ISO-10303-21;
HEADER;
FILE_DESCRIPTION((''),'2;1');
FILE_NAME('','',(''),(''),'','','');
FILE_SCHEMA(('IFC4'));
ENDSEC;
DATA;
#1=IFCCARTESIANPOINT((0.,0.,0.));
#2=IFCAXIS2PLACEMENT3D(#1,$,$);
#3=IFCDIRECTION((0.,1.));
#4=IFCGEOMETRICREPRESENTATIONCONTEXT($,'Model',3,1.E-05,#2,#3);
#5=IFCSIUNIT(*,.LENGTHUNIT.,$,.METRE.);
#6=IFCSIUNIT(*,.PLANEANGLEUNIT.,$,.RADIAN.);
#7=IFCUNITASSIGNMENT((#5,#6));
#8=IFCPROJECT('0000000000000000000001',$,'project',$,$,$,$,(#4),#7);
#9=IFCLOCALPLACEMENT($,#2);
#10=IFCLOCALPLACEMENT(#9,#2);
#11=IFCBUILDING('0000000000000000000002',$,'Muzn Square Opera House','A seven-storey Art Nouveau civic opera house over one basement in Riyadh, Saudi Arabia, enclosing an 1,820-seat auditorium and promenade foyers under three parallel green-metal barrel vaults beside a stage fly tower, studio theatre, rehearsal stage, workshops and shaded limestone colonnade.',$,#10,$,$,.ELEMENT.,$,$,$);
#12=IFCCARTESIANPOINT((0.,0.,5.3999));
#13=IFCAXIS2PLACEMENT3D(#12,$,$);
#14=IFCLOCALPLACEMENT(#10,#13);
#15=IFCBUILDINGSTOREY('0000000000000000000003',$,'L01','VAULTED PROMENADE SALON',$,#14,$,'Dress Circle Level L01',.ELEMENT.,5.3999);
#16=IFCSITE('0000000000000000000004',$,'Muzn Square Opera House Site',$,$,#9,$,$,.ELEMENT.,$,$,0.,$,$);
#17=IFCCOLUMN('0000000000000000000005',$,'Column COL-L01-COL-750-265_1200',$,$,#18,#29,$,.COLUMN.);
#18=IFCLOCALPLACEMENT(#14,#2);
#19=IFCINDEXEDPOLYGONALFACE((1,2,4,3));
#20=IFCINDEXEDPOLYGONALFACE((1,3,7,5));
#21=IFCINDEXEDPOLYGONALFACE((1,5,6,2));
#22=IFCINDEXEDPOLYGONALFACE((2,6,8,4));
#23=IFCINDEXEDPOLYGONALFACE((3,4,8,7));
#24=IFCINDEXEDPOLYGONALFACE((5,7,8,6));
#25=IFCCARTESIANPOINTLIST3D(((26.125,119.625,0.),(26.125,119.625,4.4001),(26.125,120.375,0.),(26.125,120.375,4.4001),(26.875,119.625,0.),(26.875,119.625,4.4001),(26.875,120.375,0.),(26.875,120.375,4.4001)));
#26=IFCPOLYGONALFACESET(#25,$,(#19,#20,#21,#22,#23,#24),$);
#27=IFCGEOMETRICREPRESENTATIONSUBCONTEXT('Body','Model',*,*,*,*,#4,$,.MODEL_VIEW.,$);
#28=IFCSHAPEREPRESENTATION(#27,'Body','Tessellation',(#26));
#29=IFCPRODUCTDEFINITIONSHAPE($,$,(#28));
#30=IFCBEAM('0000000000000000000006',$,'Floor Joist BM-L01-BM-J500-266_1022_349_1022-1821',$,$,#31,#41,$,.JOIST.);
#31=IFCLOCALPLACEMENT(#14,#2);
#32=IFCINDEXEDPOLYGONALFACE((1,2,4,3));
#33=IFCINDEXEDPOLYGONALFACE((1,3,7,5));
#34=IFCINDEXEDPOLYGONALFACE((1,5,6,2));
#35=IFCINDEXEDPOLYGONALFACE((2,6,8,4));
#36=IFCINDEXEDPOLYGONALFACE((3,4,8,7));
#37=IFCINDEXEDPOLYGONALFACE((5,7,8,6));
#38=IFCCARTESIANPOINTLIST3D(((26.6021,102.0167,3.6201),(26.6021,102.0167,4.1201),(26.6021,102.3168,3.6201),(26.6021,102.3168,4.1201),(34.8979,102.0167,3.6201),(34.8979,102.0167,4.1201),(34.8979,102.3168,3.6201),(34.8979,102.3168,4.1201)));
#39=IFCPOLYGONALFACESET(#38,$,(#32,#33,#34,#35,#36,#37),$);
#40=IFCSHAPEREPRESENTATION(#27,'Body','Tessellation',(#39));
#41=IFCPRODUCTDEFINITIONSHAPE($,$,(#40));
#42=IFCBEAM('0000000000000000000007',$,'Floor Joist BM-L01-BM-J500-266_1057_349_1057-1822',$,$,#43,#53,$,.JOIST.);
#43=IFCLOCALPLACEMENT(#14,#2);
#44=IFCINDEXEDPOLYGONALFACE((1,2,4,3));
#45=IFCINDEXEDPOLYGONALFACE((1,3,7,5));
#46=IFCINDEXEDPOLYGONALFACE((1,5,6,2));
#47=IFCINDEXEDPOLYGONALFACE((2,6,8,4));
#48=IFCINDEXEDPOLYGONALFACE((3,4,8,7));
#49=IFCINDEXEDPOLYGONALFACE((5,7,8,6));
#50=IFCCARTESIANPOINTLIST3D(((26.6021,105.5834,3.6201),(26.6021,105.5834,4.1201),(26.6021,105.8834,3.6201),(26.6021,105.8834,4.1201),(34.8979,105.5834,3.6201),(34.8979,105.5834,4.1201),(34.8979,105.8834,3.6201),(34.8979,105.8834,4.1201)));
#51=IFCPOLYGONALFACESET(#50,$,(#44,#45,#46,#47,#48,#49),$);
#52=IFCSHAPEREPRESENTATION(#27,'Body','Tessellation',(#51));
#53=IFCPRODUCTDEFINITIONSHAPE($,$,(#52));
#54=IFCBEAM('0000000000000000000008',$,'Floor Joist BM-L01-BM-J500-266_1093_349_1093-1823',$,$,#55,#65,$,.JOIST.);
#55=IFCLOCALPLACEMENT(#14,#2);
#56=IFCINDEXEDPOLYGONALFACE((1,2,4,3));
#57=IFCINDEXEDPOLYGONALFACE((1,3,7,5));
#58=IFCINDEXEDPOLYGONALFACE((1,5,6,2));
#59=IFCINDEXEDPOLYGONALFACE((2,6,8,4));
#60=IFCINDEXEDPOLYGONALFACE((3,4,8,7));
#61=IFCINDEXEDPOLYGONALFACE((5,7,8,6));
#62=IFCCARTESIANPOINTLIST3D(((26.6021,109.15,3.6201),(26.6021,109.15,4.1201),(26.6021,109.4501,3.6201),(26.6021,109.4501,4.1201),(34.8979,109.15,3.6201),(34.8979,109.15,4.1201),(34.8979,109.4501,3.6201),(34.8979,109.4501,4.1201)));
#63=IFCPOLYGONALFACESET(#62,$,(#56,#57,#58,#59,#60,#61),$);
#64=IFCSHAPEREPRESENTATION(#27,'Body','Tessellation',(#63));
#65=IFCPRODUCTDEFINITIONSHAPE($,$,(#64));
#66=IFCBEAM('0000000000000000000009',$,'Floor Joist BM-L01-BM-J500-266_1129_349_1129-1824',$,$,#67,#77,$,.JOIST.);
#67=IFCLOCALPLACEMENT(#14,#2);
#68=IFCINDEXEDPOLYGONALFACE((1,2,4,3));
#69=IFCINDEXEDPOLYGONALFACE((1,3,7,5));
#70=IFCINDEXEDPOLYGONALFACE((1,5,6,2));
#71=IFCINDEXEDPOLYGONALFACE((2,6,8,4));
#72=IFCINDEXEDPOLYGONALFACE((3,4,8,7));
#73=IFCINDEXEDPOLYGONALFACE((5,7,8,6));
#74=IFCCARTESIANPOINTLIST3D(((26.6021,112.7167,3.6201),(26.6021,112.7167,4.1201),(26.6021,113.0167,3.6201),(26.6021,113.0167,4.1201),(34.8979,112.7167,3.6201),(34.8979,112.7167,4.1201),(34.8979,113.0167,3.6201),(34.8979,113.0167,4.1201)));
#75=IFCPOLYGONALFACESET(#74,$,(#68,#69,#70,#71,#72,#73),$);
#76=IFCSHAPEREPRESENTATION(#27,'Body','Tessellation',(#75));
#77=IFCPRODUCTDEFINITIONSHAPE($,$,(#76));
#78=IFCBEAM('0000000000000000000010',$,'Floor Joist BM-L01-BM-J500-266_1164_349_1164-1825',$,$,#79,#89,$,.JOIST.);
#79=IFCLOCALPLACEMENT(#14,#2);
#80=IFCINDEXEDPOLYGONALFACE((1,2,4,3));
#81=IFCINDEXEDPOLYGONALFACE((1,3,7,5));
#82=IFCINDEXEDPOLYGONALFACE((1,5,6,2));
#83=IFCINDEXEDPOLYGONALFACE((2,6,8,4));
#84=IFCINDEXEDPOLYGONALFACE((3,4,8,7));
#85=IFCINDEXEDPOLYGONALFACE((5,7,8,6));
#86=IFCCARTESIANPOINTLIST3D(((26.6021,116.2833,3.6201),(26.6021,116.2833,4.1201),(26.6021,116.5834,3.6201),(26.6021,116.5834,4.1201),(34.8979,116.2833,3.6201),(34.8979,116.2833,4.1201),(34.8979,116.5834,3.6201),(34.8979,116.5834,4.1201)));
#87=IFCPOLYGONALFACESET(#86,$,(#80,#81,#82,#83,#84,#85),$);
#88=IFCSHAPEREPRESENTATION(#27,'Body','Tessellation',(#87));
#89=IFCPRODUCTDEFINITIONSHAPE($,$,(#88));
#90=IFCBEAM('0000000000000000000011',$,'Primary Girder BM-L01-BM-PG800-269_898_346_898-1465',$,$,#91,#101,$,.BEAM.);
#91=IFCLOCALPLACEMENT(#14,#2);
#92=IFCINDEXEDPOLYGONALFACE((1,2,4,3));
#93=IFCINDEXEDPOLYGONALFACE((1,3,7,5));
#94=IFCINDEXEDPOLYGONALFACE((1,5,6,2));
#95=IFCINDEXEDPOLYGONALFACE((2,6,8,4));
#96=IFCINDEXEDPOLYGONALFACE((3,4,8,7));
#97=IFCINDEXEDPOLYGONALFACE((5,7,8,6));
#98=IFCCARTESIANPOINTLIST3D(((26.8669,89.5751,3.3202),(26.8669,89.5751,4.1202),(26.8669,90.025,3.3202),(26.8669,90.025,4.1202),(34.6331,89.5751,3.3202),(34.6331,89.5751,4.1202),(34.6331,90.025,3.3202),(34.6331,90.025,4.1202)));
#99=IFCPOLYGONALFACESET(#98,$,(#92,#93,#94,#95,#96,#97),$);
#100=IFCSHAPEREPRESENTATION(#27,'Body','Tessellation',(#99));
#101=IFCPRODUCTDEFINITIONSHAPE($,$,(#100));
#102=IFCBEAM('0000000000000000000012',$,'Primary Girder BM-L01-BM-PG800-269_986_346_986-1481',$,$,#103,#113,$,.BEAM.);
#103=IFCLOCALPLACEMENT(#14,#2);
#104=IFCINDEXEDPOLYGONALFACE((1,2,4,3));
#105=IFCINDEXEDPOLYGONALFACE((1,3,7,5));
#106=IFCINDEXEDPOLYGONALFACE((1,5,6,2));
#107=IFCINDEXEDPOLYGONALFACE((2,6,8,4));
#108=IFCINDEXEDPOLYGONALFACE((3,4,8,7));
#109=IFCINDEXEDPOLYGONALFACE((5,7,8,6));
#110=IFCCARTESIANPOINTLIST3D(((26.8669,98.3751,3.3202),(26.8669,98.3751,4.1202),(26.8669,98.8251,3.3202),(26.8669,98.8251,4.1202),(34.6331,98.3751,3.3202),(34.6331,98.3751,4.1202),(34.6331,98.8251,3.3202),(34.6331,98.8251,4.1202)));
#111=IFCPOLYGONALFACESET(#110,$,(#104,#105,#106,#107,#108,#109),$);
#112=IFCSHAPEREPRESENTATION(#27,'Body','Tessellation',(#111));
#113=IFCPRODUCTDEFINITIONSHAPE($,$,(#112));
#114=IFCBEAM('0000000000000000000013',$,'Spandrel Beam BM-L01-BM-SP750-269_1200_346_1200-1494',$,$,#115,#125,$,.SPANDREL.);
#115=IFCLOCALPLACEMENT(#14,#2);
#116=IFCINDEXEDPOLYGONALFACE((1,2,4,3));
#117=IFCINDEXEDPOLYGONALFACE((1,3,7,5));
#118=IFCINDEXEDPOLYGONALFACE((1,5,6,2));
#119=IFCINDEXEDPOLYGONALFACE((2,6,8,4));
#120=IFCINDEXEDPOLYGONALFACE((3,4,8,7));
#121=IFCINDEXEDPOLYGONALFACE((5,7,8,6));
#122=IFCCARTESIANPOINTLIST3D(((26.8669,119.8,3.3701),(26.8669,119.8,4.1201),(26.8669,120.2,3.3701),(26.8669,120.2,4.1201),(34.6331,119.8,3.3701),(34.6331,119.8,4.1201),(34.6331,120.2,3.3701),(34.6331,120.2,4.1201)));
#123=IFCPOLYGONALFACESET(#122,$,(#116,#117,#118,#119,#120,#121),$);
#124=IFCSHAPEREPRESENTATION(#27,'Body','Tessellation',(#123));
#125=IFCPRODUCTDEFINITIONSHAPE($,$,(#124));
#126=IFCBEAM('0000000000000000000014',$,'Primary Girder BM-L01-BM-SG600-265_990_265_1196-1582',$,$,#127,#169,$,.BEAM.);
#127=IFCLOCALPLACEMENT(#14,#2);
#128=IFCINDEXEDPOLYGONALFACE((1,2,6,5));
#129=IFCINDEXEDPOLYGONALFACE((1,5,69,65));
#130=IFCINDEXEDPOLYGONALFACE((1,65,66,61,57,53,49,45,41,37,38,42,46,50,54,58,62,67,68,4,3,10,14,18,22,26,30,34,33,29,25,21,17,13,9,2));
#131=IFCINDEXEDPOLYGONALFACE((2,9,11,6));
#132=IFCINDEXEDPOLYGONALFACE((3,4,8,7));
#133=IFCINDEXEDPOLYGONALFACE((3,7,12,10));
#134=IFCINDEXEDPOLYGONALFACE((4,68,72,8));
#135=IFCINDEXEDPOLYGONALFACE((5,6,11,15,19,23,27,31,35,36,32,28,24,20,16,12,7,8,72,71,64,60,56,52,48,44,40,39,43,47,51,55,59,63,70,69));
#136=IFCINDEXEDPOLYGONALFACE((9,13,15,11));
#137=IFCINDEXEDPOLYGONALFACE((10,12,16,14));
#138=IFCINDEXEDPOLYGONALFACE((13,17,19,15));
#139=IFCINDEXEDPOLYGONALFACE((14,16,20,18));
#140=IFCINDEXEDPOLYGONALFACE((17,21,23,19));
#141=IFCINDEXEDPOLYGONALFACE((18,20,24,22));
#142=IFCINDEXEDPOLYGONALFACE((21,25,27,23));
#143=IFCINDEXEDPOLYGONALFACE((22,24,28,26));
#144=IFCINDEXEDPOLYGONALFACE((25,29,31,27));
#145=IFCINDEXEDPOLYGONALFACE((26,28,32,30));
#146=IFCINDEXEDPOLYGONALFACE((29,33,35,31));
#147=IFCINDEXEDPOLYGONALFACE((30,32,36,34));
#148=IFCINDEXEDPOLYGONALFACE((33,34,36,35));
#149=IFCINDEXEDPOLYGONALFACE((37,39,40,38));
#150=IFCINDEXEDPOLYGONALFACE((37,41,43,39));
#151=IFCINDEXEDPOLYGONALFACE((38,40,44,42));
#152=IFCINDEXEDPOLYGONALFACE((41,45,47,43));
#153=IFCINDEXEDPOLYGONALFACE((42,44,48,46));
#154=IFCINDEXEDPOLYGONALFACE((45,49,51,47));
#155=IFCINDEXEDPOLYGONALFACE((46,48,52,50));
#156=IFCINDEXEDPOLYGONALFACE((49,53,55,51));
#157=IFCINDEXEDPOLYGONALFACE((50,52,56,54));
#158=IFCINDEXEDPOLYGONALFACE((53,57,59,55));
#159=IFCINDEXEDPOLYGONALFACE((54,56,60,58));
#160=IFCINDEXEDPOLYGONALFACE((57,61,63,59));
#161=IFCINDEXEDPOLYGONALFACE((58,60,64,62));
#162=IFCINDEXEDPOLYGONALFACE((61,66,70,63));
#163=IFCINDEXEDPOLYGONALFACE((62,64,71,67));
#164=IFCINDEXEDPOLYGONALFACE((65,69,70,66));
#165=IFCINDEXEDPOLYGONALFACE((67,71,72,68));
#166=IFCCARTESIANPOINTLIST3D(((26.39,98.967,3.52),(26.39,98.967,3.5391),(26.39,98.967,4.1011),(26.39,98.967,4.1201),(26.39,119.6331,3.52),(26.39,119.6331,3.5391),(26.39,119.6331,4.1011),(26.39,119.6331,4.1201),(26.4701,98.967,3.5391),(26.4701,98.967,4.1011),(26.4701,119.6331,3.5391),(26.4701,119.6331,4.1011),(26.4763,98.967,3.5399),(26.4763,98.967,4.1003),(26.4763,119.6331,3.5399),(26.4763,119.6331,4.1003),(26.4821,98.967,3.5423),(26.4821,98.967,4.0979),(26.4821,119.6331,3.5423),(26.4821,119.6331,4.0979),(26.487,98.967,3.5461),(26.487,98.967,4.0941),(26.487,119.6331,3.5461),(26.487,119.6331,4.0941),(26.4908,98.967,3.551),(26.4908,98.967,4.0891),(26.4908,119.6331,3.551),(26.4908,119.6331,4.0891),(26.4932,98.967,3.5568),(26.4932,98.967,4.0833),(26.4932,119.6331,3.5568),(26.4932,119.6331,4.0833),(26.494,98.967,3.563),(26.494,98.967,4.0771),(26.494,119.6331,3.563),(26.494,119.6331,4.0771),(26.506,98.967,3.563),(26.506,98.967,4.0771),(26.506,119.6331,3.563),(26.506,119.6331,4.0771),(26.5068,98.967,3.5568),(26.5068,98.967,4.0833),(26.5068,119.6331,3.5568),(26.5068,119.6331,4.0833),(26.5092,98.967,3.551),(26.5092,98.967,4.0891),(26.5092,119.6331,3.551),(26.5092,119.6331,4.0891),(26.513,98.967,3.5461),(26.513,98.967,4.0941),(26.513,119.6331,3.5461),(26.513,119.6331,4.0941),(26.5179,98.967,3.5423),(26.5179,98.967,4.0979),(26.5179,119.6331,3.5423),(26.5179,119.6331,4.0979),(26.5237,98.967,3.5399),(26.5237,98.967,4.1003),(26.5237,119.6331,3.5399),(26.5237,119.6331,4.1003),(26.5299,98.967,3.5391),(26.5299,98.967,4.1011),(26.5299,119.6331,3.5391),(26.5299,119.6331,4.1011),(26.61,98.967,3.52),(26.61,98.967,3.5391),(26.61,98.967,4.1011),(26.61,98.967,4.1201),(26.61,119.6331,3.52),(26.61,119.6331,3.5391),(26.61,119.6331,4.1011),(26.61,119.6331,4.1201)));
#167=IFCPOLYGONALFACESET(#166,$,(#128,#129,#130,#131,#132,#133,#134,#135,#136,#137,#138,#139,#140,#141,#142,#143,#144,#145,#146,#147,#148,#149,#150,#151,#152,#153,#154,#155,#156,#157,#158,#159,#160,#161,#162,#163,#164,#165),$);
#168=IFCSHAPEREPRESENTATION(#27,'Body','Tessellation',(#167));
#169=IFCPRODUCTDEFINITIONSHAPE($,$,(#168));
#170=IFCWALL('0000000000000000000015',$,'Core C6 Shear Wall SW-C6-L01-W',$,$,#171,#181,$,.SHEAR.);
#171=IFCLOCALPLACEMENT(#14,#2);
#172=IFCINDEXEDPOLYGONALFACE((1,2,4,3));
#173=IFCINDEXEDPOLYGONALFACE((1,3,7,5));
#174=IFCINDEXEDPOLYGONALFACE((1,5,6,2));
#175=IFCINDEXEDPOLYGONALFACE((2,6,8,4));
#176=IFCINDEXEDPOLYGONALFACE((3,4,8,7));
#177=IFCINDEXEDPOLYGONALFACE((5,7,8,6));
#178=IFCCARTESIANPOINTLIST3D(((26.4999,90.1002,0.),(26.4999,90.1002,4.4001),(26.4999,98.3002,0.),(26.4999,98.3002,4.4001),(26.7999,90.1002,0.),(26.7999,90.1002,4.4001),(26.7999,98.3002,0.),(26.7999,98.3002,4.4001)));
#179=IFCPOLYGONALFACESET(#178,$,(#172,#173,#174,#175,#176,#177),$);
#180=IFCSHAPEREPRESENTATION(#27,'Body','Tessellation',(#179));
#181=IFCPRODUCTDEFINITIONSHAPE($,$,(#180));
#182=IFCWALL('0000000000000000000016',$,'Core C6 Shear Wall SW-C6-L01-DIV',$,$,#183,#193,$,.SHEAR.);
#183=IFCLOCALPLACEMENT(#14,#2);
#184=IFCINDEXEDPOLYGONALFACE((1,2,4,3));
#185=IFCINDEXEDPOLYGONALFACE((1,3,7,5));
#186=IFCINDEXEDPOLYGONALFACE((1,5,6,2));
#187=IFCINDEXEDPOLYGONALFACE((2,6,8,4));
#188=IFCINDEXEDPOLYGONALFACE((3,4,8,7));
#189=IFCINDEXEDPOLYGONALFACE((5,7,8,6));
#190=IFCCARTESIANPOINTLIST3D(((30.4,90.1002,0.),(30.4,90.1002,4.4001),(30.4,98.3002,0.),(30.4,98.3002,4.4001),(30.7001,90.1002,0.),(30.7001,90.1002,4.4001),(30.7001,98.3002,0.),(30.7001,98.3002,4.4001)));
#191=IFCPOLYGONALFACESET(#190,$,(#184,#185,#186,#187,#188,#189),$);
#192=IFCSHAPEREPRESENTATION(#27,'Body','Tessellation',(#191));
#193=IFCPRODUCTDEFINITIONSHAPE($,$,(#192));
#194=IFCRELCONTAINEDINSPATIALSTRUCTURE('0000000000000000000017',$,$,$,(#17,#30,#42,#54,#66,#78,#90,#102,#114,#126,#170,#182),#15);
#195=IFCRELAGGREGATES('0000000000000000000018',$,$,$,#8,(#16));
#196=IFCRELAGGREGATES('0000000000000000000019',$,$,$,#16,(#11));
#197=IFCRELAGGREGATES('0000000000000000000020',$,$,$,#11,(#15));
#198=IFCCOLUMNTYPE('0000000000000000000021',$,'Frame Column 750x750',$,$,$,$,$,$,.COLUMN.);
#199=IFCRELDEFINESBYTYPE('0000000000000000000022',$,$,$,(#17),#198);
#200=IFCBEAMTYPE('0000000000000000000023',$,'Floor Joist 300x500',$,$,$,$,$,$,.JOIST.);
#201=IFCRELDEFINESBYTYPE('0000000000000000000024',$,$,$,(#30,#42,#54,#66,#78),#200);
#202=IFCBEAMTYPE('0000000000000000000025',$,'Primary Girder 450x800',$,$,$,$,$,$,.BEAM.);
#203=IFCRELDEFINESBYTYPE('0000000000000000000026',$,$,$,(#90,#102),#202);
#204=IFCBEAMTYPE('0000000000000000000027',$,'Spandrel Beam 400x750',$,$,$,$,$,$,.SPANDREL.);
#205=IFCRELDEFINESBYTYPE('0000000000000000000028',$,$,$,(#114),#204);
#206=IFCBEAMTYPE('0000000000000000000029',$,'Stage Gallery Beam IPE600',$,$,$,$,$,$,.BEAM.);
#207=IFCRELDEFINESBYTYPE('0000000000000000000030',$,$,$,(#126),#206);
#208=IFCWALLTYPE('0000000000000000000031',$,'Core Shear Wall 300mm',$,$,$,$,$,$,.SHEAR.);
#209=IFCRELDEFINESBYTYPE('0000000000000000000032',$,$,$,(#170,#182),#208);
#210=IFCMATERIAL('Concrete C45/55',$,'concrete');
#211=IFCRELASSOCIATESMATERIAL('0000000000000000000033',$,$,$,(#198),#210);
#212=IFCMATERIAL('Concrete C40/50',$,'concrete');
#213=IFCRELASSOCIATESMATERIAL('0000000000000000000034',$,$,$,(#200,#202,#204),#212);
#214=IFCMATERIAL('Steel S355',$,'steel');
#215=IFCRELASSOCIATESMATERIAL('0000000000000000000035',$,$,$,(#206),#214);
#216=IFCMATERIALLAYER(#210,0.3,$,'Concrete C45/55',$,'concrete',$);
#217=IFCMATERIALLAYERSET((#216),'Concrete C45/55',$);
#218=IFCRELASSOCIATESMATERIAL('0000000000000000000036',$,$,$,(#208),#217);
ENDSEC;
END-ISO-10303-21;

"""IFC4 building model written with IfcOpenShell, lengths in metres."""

from ifc_helpers import new_model, si_unit, direction, frame, frame_2d, origin, origin_2d, place, context, subcontext, project, spatial, rectangle, i_section, extrude, material, layer, layer_set, material_profile, profile_set, type_object, element, save


model = new_model("IFC4")

# Units and contexts
model_context = context("Model", 3, precision=1e-05, world=origin(), true_north=direction((0.0, 1.0)))
body_context = subcontext(model_context, "Body", "Model", "MODEL_VIEW")
ifc_project = project(units=[si_unit("LENGTHUNIT", "METRE"), si_unit("PLANEANGLEUNIT", "RADIAN")], contexts=[model_context])

# Site, building, storey
site_placement = place(None, origin())
site = spatial("IfcSite", under=ifc_project, at=site_placement, Name="Muzn Square Opera House Site", CompositionType="ELEMENT", RefElevation=0.0)
building_placement = place(site_placement, origin())
building = spatial("IfcBuilding", under=site, at=building_placement, Name="Muzn Square Opera House", Description="A seven-storey Art Nouveau civic opera house over one basement in Riyadh, Saudi Arabia, enclosing an 1,820-seat auditorium and promenade foyers under three parallel green-metal barrel vaults beside a stage fly tower, studio theatre, rehearsal stage, workshops and shaded limestone colonnade.", CompositionType="ELEMENT")
storey_placement = place(building_placement, frame((0.0, 0.0, 5.3999)))
storey = spatial("IfcBuildingStorey", under=building, at=storey_placement, Name="L01", Description="VAULTED PROMENADE SALON", LongName="Dress Circle Level L01", CompositionType="ELEMENT", Elevation=5.3999)

# Column
ifc_material_1 = material(Name="Concrete C45/55", Category="concrete")
ifc_material_profile_1 = material_profile(ifc_material_1, rectangle(XDim=0.75, YDim=0.75, at=origin_2d()), Name="RC 750x750", Category="concrete")
ifc_profile_set_1 = profile_set([ifc_material_profile_1], Name="Concrete C45/55")
column_type = type_object("IfcColumnType", Name="Frame Column 750x750", PredefinedType="COLUMN", material=ifc_profile_set_1)
column_placement = place(storey_placement, frame((26.5, 120.0, 0.0), z_axis=(0.0, 0.0, 1.0), x_axis=(1.0, 0.0, 0.0)))
element("IfcColumn", 1, at=column_placement, inside=storey, type_object=column_type, Name="Column COL-L01-COL-750-265_1200", PredefinedType="COLUMN", context=body_context, shape_type="SweptSolid", body=[
    extrude(rectangle(XDim=0.75, YDim=0.75, at=origin_2d()), origin(), (0.0, 0.0, 1.0), 4.4001),
])

# Beams
ifc_material_2 = material(Name="Concrete C40/50", Category="concrete")
ifc_material_profile_2 = material_profile(ifc_material_2, rectangle(XDim=0.3, YDim=0.5, at=origin_2d()), Name="RCJ 300x500", Category="concrete")
ifc_profile_set_2 = profile_set([ifc_material_profile_2], Name="Concrete C40/50")
beam_type_1 = type_object("IfcBeamType", Name="Floor Joist 300x500", PredefinedType="JOIST", material=ifc_profile_set_2)
for number, where, z_axis, x_axis, name in (
    (2, (26.6021, 102.1667, 3.8701), (1.0, 0.0, 0.0), (0.0, 1.0, 0.0), "Floor Joist BM-L01-BM-J500-266_1022_349_1022-1821"),
    (3, (26.6021, 105.7334, 3.8701), (1.0, 0.0, 0.0), (0.0, 1.0, 0.0), "Floor Joist BM-L01-BM-J500-266_1057_349_1057-1822"),
    (4, (26.6021, 109.3, 3.8701), (1.0, 0.0, 0.0), (0.0, 1.0, 0.0), "Floor Joist BM-L01-BM-J500-266_1093_349_1093-1823"),
    (5, (26.6021, 112.8667, 3.8701), (1.0, 0.0, 0.0), (0.0, 1.0, 0.0), "Floor Joist BM-L01-BM-J500-266_1129_349_1129-1824"),
    (6, (26.6021, 116.4333, 3.8701), (1.0, 0.0, 0.0), (0.0, 1.0, 0.0), "Floor Joist BM-L01-BM-J500-266_1164_349_1164-1825"),
):
    element("IfcBeam", number, at=place(storey_placement, frame(where, z_axis=z_axis, x_axis=x_axis)), inside=storey, type_object=beam_type_1, Name=name, PredefinedType="JOIST", context=body_context, shape_type="SweptSolid", body=[
        extrude(rectangle(XDim=0.3, YDim=0.5, at=origin_2d()), origin(), (0.0, 0.0, 1.0), 8.2959),
    ])
ifc_material_profile_3 = material_profile(ifc_material_2, rectangle(XDim=0.45, YDim=0.8, at=origin_2d()), Name="RCB 450x800", Category="concrete")
ifc_profile_set_3 = profile_set([ifc_material_profile_3], Name="Concrete C40/50")
beam_type_2 = type_object("IfcBeamType", Name="Primary Girder 450x800", PredefinedType="BEAM", material=ifc_profile_set_3)
for number, where, z_axis, x_axis, name in (
    (7, (26.8669, 89.8, 3.7202), (1.0, 0.0, 0.0), (0.0, 1.0, 0.0), "Primary Girder BM-L01-BM-PG800-269_898_346_898-1465"),
    (8, (26.8669, 98.6001, 3.7202), (1.0, 0.0, 0.0), (0.0, 1.0, 0.0), "Primary Girder BM-L01-BM-PG800-269_986_346_986-1481"),
):
    element("IfcBeam", number, at=place(storey_placement, frame(where, z_axis=z_axis, x_axis=x_axis)), inside=storey, type_object=beam_type_2, Name=name, PredefinedType="BEAM", context=body_context, shape_type="SweptSolid", body=[
        extrude(rectangle(XDim=0.45, YDim=0.8, at=origin_2d()), origin(), (0.0, 0.0, 1.0), 7.7661),
    ])
ifc_material_profile_4 = material_profile(ifc_material_2, rectangle(XDim=0.3999, YDim=0.75, at=origin_2d()), Name="RCS 400x750", Category="concrete")
ifc_profile_set_4 = profile_set([ifc_material_profile_4], Name="Concrete C40/50")
beam_type_3 = type_object("IfcBeamType", Name="Spandrel Beam 400x750", PredefinedType="SPANDREL", material=ifc_profile_set_4)
beam_1_placement = place(storey_placement, frame((26.8669, 120.0, 3.7451), z_axis=(1.0, 0.0, 0.0), x_axis=(0.0, 1.0, 0.0)))
element("IfcBeam", 9, at=beam_1_placement, inside=storey, type_object=beam_type_3, Name="Spandrel Beam BM-L01-BM-SP750-269_1200_346_1200-1494", PredefinedType="SPANDREL", context=body_context, shape_type="SweptSolid", body=[
    extrude(rectangle(XDim=0.3999, YDim=0.75, at=origin_2d()), origin(), (0.0, 0.0, 1.0), 7.7661),
])
ifc_material_3 = material(Name="Steel S355", Category="steel")
ifc_material_profile_5 = material_profile(ifc_material_3, i_section(OverallWidth=0.22, OverallDepth=0.6001, WebThickness=0.012, FlangeThickness=0.019, FilletRadius=0.0239, at=origin_2d()), Name="IPE 600", Category="steel")
ifc_profile_set_5 = profile_set([ifc_material_profile_5], Name="Steel S355")
beam_type_4 = type_object("IfcBeamType", Name="Stage Gallery Beam IPE600", PredefinedType="BEAM", material=ifc_profile_set_5)
beam_2_placement = place(storey_placement, frame((26.5, 98.967, 3.8201), z_axis=(0.0, 1.0, 0.0), x_axis=(-1.0, 0.0, 0.0)))
element("IfcBeam", 10, at=beam_2_placement, inside=storey, type_object=beam_type_4, Name="Primary Girder BM-L01-BM-SG600-265_990_265_1196-1582", PredefinedType="BEAM", context=body_context, shape_type="SweptSolid", body=[
    extrude(i_section(OverallWidth=0.22, OverallDepth=0.6001, WebThickness=0.012, FlangeThickness=0.019, FilletRadius=0.0239, at=origin_2d()), origin(), (0.0, 0.0, 1.0), 20.666),
])

# Walls
ifc_layer_1 = layer(ifc_material_1, 0.3, Name="Concrete C45/55", Category="concrete")
ifc_layer_set_1 = layer_set([ifc_layer_1], Name="Concrete C45/55")
wall_type_1 = type_object("IfcWallType", Name="Core Shear Wall 300mm", PredefinedType="SHEAR", material=ifc_layer_set_1)
for number, where, z_axis, x_axis, name in (
    (11, (26.6499, 90.1001, 0.0), (0.0, 0.0, 1.0), (0.0, 1.0, 0.0), "Core C6 Shear Wall SW-C6-L01-W"),
    (12, (30.55, 90.1001, 0.0), (0.0, 0.0, 1.0), (0.0, 1.0, 0.0), "Core C6 Shear Wall SW-C6-L01-DIV"),
):
    element("IfcWall", number, at=place(storey_placement, frame(where, z_axis=z_axis, x_axis=x_axis)), inside=storey, type_object=wall_type_1, Name=name, PredefinedType="SHEAR", context=body_context, shape_type="SweptSolid", body=[
        extrude(rectangle(XDim=8.2, YDim=0.3, at=frame_2d((4.1001, 0.0))), origin(), (0.0, 0.0, 1.0), 4.4001),
    ])

save(model, "model.ifc")
